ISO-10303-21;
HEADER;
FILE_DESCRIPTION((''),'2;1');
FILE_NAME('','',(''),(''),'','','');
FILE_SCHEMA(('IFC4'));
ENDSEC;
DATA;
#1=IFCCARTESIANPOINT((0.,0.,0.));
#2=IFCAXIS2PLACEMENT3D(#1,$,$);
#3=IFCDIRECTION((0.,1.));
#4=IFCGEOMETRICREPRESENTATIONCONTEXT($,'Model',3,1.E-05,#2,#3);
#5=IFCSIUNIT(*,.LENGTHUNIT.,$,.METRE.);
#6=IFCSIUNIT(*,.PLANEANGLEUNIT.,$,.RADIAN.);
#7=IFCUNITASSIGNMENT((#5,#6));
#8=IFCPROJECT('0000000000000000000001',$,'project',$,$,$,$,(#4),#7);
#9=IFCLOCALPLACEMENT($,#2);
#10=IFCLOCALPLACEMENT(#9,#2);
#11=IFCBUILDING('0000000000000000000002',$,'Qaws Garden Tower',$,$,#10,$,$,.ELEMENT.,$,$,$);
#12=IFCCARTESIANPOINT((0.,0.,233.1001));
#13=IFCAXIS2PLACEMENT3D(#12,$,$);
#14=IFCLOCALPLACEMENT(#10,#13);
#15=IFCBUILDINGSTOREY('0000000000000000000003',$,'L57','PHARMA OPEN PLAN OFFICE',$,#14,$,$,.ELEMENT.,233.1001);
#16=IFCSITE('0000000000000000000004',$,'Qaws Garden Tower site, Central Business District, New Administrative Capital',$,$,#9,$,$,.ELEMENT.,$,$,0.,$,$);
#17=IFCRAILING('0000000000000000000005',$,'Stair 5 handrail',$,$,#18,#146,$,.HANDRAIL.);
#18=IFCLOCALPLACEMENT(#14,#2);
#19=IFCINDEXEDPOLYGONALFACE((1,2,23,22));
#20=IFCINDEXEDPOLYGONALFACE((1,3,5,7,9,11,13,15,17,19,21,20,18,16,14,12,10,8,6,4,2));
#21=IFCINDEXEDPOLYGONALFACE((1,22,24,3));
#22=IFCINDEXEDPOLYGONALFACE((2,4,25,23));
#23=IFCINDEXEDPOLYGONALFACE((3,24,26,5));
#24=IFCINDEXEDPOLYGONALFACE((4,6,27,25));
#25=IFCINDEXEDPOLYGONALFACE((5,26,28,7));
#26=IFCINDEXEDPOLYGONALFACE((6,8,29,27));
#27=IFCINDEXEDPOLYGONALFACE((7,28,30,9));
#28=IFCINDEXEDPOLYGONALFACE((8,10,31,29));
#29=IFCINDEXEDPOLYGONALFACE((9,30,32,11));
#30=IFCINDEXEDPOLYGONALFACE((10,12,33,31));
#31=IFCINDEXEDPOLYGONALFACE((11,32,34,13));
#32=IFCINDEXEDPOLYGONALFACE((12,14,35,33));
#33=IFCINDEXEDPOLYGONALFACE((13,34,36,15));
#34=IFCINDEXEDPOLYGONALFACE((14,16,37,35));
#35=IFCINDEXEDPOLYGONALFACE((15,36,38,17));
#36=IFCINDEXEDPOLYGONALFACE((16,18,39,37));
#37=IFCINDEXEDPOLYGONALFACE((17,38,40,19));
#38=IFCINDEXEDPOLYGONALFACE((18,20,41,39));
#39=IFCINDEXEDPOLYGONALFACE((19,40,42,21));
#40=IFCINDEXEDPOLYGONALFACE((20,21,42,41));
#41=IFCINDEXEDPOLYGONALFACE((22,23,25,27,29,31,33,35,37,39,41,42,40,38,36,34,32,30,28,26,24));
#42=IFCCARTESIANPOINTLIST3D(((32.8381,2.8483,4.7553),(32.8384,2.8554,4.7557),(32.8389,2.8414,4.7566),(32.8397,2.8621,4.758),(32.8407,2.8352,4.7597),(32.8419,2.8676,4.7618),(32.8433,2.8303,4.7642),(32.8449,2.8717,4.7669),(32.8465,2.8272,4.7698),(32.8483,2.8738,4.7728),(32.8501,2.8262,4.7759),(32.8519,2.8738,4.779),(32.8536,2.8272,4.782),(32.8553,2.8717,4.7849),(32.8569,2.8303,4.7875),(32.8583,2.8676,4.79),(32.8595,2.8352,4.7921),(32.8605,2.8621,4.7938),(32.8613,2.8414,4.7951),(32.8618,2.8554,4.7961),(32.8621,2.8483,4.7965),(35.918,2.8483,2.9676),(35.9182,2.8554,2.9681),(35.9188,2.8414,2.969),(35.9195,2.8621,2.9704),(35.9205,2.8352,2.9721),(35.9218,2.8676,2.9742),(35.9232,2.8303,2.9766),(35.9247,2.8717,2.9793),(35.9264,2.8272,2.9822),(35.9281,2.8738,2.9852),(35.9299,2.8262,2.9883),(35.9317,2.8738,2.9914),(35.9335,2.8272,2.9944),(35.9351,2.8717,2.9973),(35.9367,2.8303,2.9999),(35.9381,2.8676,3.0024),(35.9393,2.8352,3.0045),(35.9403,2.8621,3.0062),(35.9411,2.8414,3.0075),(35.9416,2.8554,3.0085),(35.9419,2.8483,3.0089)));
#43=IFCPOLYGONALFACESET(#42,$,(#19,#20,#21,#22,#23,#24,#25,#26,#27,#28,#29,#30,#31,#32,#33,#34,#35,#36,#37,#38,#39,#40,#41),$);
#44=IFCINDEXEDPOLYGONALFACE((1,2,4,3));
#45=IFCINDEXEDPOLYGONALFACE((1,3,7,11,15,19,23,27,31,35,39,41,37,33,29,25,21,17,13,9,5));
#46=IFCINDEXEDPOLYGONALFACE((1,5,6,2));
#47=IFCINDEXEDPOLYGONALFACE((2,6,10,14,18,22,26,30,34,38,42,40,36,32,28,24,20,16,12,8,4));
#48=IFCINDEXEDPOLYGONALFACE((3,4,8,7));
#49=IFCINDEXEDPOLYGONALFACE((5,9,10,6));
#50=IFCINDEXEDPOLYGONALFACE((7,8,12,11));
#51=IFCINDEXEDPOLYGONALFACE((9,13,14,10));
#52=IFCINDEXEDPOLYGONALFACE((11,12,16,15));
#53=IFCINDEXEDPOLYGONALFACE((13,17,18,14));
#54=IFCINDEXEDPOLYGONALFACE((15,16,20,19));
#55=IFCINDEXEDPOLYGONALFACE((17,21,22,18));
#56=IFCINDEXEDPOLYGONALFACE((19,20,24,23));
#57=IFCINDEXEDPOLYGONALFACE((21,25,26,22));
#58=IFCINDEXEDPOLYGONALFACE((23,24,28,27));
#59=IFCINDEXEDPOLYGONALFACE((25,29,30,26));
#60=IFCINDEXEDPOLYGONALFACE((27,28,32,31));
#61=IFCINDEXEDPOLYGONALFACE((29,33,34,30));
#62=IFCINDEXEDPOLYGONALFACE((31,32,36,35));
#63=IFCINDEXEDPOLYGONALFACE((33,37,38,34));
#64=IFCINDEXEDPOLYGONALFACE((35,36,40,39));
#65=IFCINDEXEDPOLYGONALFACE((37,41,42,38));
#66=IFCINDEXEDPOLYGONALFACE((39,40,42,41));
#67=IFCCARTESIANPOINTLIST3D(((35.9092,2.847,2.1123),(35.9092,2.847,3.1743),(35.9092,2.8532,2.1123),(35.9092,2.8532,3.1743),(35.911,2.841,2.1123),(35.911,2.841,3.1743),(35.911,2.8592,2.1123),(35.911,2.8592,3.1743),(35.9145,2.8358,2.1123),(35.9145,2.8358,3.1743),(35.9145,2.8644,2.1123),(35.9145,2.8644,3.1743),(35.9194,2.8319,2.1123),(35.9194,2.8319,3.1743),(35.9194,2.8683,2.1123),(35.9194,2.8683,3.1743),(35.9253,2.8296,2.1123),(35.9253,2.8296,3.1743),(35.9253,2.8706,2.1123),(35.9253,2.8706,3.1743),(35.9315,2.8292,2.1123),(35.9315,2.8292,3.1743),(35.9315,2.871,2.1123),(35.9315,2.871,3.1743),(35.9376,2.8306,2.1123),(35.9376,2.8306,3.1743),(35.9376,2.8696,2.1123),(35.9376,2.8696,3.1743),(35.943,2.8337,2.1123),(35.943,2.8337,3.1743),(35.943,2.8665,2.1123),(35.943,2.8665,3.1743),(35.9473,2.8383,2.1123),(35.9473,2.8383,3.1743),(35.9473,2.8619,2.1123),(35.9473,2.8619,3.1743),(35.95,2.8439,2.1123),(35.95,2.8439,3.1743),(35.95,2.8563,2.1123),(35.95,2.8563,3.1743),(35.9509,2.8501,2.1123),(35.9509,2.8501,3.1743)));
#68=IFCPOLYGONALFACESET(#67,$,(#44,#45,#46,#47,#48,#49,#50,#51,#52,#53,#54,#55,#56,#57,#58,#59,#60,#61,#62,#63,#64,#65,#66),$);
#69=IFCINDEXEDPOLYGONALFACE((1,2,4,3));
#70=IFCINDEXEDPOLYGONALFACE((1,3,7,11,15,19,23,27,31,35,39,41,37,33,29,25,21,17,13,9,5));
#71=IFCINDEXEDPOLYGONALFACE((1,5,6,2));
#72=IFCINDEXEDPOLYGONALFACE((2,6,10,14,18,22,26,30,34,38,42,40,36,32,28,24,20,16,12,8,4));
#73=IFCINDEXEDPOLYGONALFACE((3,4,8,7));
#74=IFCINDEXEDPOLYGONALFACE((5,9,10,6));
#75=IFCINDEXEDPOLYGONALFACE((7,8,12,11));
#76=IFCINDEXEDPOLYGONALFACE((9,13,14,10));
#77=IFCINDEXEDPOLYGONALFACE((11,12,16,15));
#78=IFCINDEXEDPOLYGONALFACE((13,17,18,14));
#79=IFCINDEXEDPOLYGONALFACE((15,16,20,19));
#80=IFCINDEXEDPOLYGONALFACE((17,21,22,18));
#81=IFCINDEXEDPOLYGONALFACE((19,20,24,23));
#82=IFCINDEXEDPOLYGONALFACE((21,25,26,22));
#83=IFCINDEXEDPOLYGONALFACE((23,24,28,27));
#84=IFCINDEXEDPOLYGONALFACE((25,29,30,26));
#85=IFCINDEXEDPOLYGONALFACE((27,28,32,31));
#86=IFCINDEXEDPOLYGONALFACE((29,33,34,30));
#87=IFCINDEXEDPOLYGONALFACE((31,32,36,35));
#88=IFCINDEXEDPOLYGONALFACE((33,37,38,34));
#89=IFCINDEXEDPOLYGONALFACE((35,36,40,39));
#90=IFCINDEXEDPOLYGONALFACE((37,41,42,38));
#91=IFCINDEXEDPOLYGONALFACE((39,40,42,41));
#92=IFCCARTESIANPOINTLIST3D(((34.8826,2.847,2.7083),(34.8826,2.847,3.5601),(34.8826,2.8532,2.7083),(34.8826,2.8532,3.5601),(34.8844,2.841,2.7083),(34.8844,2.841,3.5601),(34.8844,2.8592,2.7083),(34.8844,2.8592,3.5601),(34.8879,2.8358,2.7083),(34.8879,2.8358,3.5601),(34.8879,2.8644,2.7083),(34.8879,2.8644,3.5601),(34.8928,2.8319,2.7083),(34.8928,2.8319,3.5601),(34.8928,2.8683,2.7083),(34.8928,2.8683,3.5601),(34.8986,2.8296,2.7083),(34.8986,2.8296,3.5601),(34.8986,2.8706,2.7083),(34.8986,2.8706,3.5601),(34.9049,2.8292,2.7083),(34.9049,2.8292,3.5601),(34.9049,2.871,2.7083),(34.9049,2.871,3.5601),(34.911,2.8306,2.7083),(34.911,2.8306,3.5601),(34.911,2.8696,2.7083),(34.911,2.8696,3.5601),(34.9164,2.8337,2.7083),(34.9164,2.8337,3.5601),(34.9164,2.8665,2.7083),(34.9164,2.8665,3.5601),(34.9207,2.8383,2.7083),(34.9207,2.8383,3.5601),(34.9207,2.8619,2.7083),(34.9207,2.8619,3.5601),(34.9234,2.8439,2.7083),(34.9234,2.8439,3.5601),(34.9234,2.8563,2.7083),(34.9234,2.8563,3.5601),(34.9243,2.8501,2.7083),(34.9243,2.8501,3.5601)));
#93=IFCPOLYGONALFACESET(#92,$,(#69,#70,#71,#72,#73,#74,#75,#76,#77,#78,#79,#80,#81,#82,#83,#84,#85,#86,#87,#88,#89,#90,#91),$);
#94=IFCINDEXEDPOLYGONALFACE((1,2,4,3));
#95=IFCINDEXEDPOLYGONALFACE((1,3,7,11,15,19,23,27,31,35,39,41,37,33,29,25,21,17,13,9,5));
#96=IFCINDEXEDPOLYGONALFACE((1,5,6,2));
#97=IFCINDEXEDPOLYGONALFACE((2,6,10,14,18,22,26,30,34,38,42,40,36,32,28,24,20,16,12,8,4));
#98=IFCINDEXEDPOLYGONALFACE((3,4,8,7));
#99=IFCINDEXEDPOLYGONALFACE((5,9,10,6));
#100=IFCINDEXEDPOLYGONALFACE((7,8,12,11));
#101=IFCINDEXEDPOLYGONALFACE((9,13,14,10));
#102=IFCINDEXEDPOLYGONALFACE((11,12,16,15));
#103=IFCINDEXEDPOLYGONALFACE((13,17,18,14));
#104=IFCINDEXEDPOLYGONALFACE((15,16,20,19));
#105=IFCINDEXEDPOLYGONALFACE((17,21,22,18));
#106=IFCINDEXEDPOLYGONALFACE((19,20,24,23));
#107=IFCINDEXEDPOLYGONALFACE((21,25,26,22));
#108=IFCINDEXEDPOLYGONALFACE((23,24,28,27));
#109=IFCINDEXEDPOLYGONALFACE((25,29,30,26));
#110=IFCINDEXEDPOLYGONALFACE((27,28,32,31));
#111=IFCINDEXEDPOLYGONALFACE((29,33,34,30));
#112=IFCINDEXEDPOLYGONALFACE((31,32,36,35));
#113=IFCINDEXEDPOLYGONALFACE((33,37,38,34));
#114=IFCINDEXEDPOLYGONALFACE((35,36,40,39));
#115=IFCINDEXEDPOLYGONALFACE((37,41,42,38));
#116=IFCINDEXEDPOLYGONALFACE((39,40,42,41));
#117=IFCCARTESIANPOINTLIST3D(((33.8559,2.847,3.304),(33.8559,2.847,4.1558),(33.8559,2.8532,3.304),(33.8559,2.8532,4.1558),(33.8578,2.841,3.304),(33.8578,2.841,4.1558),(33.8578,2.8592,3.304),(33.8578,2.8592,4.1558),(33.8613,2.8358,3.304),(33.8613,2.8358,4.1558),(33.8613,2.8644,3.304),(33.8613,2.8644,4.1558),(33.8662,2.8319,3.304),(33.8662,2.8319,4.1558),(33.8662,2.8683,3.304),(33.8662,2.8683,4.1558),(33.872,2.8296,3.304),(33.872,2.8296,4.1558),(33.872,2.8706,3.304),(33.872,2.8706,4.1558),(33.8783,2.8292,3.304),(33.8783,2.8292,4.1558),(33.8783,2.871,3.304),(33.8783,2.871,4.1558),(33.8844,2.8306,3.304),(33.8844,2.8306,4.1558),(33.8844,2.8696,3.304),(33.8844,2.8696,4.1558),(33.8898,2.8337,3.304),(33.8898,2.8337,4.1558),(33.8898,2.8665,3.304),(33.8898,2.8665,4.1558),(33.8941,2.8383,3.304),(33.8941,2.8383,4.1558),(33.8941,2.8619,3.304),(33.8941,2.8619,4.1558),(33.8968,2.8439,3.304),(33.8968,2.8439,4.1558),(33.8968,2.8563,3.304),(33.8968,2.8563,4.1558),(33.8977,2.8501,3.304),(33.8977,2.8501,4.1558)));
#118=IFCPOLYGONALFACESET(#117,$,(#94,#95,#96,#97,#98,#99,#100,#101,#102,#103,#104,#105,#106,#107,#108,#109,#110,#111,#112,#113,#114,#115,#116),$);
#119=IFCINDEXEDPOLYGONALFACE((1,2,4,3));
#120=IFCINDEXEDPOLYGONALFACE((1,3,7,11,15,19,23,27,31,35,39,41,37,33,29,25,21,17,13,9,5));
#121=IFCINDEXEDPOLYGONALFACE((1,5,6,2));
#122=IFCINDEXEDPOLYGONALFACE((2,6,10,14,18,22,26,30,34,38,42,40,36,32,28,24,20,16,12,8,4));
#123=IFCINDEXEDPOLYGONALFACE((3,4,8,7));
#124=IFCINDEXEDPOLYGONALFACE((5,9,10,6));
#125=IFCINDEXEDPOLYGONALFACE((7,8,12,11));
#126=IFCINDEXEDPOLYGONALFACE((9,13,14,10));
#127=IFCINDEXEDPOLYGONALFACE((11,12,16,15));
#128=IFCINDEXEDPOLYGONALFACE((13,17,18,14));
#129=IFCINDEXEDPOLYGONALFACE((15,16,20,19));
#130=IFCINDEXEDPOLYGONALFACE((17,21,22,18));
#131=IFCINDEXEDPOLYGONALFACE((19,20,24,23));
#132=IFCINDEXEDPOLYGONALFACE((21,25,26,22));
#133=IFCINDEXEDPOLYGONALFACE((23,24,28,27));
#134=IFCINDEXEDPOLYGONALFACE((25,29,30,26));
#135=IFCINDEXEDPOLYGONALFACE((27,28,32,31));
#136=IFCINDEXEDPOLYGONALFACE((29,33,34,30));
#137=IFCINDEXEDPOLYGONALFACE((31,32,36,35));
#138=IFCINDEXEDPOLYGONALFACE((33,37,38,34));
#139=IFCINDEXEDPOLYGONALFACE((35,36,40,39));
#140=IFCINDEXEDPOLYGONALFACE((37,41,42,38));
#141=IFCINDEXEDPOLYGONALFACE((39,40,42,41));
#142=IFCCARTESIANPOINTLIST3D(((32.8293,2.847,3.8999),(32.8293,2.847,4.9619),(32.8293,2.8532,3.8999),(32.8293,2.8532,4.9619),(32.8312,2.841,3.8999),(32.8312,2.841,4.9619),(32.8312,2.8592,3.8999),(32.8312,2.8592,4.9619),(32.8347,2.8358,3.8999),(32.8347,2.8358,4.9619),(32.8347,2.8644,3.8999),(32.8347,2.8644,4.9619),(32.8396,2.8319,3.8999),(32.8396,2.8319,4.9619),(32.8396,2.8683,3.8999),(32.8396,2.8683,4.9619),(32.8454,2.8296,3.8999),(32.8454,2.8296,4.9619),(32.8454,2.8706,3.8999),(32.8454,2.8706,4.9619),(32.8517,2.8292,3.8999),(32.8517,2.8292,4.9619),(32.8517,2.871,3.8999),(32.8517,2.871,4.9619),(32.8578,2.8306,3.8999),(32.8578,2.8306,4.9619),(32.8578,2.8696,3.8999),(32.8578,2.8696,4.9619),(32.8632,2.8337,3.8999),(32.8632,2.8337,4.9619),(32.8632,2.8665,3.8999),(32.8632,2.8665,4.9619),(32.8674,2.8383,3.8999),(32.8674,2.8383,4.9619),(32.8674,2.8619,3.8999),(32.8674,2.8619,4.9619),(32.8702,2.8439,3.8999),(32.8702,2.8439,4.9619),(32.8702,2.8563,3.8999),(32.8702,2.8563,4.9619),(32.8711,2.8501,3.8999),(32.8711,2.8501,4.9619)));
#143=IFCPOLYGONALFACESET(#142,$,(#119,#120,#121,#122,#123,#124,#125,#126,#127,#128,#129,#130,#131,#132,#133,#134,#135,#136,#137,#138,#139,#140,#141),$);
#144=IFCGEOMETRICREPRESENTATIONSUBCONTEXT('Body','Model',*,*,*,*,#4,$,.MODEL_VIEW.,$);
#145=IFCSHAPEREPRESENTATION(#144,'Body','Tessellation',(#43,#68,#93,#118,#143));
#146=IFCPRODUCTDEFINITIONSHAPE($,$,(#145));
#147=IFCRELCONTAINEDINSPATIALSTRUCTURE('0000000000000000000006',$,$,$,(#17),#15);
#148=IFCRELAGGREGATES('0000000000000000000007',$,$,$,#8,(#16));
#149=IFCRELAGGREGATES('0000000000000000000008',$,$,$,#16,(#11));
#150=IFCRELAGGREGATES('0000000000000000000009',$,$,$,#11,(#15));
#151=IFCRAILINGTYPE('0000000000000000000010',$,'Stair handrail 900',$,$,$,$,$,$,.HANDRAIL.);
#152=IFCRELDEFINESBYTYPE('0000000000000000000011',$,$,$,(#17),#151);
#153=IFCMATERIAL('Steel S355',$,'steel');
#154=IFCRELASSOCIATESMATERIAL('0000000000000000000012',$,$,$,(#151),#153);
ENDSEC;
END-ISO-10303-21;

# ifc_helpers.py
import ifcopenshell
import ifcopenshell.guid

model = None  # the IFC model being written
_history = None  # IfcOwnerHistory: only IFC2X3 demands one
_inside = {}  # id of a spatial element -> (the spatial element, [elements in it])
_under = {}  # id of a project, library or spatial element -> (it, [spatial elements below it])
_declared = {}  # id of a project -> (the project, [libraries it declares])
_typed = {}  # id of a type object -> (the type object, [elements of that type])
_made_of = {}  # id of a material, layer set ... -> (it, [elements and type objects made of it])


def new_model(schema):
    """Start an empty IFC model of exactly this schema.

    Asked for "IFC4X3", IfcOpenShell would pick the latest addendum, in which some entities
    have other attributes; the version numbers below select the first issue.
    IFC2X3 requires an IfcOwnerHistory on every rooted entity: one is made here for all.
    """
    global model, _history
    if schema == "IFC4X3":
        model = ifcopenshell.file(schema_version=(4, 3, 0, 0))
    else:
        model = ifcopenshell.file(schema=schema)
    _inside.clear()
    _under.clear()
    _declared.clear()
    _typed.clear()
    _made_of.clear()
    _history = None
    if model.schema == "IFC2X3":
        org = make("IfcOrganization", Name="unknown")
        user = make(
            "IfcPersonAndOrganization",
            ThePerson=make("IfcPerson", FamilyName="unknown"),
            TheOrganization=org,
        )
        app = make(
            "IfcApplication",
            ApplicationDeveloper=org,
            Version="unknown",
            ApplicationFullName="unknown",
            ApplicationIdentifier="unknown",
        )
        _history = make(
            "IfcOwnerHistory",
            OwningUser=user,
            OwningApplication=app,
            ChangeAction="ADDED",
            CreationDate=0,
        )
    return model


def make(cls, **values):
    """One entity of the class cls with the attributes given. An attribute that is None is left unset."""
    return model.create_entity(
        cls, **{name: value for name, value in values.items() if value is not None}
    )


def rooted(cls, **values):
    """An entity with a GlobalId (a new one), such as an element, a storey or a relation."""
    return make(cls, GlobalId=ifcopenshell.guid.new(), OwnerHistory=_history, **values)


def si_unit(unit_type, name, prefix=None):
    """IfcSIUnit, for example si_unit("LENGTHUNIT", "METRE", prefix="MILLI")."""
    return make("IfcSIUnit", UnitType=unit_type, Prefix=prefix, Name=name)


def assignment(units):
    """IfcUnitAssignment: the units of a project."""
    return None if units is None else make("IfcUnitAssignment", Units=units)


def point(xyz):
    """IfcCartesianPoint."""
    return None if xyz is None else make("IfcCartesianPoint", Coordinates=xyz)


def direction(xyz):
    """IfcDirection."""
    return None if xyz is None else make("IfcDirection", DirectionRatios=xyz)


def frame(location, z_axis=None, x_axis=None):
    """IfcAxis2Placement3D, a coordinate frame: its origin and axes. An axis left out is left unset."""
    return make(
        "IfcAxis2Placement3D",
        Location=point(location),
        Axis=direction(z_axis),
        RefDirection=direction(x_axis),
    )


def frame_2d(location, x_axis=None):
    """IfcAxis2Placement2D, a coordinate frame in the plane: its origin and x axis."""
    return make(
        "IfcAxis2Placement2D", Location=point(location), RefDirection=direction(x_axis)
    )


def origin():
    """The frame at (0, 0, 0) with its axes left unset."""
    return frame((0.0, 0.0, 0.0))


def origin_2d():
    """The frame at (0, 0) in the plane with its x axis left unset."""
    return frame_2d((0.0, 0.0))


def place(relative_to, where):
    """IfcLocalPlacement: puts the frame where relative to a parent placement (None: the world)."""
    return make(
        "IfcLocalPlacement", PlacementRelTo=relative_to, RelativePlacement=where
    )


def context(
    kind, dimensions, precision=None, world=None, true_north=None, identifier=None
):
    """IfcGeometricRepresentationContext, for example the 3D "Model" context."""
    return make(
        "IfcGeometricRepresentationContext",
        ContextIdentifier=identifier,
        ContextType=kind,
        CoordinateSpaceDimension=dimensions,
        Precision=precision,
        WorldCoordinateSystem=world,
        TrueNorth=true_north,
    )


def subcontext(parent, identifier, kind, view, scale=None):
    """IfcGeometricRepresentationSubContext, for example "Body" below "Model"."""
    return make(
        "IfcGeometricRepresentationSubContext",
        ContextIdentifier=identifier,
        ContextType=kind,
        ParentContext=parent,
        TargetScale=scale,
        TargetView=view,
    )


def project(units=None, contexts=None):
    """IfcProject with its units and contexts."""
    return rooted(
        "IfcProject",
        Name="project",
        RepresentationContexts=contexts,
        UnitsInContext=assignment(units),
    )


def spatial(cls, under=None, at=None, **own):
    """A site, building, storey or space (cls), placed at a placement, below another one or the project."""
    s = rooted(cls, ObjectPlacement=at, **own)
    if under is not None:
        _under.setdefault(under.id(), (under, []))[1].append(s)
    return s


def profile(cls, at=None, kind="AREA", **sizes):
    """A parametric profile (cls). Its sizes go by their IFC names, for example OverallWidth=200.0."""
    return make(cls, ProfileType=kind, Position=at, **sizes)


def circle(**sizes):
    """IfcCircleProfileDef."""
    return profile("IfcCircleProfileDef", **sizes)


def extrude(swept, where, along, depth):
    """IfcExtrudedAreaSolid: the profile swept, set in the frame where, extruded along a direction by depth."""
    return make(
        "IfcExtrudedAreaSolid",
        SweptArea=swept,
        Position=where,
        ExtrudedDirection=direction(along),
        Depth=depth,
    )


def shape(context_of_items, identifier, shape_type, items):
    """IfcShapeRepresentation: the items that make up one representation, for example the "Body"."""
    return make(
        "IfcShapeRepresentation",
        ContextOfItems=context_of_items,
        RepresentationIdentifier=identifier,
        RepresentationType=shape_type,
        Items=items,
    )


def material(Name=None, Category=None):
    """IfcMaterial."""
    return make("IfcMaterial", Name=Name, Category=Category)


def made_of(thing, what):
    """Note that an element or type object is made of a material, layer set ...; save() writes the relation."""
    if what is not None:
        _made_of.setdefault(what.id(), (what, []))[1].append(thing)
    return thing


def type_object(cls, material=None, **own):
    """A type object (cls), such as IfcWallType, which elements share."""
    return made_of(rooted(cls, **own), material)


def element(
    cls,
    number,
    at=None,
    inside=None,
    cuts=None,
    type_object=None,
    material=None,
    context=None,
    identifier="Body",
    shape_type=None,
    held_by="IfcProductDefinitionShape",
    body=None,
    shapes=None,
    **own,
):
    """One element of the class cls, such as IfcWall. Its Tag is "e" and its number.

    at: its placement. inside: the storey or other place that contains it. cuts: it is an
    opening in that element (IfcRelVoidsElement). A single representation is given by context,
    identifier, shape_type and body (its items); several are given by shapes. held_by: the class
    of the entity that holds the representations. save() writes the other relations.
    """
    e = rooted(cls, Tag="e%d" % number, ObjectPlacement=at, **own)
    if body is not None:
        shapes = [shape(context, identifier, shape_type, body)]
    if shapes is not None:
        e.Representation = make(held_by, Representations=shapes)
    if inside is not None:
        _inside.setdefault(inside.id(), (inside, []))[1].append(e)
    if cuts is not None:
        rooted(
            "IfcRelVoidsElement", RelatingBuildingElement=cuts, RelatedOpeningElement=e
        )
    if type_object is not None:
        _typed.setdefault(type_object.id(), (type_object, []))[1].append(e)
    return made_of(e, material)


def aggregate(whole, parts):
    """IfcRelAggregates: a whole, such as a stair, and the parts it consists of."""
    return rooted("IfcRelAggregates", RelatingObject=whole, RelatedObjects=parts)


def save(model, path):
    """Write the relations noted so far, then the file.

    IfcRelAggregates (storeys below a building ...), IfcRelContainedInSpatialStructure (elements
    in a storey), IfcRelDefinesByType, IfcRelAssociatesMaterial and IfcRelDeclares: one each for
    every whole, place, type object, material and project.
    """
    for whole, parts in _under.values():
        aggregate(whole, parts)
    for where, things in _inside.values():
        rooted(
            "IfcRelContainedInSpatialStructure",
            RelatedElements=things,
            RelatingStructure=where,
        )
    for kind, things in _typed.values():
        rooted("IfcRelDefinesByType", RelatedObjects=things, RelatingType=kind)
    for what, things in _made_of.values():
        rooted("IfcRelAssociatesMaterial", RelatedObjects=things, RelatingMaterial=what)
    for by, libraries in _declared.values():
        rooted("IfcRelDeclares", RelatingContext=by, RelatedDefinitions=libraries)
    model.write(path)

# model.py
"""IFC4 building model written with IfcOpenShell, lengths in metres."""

from ifc_helpers import new_model, si_unit, direction, frame, origin, origin_2d, place, context, subcontext, project, spatial, circle, extrude, material, type_object, element, save


model = new_model("IFC4")

# Units and contexts
model_context = context("Model", 3, precision=1e-05, world=origin(), true_north=direction((0.0, 1.0)))
body_context = subcontext(model_context, "Body", "Model", "MODEL_VIEW")
ifc_project = project(units=[si_unit("LENGTHUNIT", "METRE"), si_unit("PLANEANGLEUNIT", "RADIAN")], contexts=[model_context])

# Site, building, storey
site_placement = place(None, origin())
site = spatial("IfcSite", under=ifc_project, at=site_placement, Name="Qaws Garden Tower site, Central Business District, New Administrative Capital", CompositionType="ELEMENT", RefElevation=0.0)
building_placement = place(site_placement, origin())
building = spatial("IfcBuilding", under=site, at=building_placement, Name="Qaws Garden Tower", CompositionType="ELEMENT")
storey_placement = place(building_placement, frame((0.0, 0.0, 233.1001)))
storey = spatial("IfcBuildingStorey", under=building, at=storey_placement, Name="L57", Description="PHARMA OPEN PLAN OFFICE", CompositionType="ELEMENT", Elevation=233.1001)

# Railing
ifc_material_1 = material(Name="Steel S355", Category="steel")
railing_type = type_object("IfcRailingType", Name="Stair handrail 900", PredefinedType="HANDRAIL", material=ifc_material_1)
railing_1_placement = place(storey_placement, frame((35.9299, 2.8501, 2.1123)))
element("IfcRailing", 1, at=railing_1_placement, inside=storey, type_object=railing_type, Name="Stair 5 handrail", PredefinedType="HANDRAIL", context=body_context, shape_type="SweptSolid", body=[
    extrude(circle(Radius=0.0239, at=origin_2d()), frame((0.0, 0.0, 0.876), z_axis=(-0.864873, 0.0, 0.50199), x_axis=(0.0, -1.0, 0.0)), (0.0, 0.0, 1.0), 3.561),
    extrude(circle(Radius=0.021, at=origin_2d()), origin(), (0.0, 0.0, 1.0), 1.062),
    extrude(circle(Radius=0.021, at=origin_2d()), frame((-1.0266, 0.0, 0.5959)), (0.0, 0.0, 1.0), 0.8518),
    extrude(circle(Radius=0.021, at=origin_2d()), frame((-2.0532, 0.0, 1.1917)), (0.0, 0.0, 1.0), 0.8518),
    extrude(circle(Radius=0.021, at=origin_2d()), frame((-3.0798, 0.0, 1.7876)), (0.0, 0.0, 1.0), 1.062),
])

save(model, "model.ifc")
